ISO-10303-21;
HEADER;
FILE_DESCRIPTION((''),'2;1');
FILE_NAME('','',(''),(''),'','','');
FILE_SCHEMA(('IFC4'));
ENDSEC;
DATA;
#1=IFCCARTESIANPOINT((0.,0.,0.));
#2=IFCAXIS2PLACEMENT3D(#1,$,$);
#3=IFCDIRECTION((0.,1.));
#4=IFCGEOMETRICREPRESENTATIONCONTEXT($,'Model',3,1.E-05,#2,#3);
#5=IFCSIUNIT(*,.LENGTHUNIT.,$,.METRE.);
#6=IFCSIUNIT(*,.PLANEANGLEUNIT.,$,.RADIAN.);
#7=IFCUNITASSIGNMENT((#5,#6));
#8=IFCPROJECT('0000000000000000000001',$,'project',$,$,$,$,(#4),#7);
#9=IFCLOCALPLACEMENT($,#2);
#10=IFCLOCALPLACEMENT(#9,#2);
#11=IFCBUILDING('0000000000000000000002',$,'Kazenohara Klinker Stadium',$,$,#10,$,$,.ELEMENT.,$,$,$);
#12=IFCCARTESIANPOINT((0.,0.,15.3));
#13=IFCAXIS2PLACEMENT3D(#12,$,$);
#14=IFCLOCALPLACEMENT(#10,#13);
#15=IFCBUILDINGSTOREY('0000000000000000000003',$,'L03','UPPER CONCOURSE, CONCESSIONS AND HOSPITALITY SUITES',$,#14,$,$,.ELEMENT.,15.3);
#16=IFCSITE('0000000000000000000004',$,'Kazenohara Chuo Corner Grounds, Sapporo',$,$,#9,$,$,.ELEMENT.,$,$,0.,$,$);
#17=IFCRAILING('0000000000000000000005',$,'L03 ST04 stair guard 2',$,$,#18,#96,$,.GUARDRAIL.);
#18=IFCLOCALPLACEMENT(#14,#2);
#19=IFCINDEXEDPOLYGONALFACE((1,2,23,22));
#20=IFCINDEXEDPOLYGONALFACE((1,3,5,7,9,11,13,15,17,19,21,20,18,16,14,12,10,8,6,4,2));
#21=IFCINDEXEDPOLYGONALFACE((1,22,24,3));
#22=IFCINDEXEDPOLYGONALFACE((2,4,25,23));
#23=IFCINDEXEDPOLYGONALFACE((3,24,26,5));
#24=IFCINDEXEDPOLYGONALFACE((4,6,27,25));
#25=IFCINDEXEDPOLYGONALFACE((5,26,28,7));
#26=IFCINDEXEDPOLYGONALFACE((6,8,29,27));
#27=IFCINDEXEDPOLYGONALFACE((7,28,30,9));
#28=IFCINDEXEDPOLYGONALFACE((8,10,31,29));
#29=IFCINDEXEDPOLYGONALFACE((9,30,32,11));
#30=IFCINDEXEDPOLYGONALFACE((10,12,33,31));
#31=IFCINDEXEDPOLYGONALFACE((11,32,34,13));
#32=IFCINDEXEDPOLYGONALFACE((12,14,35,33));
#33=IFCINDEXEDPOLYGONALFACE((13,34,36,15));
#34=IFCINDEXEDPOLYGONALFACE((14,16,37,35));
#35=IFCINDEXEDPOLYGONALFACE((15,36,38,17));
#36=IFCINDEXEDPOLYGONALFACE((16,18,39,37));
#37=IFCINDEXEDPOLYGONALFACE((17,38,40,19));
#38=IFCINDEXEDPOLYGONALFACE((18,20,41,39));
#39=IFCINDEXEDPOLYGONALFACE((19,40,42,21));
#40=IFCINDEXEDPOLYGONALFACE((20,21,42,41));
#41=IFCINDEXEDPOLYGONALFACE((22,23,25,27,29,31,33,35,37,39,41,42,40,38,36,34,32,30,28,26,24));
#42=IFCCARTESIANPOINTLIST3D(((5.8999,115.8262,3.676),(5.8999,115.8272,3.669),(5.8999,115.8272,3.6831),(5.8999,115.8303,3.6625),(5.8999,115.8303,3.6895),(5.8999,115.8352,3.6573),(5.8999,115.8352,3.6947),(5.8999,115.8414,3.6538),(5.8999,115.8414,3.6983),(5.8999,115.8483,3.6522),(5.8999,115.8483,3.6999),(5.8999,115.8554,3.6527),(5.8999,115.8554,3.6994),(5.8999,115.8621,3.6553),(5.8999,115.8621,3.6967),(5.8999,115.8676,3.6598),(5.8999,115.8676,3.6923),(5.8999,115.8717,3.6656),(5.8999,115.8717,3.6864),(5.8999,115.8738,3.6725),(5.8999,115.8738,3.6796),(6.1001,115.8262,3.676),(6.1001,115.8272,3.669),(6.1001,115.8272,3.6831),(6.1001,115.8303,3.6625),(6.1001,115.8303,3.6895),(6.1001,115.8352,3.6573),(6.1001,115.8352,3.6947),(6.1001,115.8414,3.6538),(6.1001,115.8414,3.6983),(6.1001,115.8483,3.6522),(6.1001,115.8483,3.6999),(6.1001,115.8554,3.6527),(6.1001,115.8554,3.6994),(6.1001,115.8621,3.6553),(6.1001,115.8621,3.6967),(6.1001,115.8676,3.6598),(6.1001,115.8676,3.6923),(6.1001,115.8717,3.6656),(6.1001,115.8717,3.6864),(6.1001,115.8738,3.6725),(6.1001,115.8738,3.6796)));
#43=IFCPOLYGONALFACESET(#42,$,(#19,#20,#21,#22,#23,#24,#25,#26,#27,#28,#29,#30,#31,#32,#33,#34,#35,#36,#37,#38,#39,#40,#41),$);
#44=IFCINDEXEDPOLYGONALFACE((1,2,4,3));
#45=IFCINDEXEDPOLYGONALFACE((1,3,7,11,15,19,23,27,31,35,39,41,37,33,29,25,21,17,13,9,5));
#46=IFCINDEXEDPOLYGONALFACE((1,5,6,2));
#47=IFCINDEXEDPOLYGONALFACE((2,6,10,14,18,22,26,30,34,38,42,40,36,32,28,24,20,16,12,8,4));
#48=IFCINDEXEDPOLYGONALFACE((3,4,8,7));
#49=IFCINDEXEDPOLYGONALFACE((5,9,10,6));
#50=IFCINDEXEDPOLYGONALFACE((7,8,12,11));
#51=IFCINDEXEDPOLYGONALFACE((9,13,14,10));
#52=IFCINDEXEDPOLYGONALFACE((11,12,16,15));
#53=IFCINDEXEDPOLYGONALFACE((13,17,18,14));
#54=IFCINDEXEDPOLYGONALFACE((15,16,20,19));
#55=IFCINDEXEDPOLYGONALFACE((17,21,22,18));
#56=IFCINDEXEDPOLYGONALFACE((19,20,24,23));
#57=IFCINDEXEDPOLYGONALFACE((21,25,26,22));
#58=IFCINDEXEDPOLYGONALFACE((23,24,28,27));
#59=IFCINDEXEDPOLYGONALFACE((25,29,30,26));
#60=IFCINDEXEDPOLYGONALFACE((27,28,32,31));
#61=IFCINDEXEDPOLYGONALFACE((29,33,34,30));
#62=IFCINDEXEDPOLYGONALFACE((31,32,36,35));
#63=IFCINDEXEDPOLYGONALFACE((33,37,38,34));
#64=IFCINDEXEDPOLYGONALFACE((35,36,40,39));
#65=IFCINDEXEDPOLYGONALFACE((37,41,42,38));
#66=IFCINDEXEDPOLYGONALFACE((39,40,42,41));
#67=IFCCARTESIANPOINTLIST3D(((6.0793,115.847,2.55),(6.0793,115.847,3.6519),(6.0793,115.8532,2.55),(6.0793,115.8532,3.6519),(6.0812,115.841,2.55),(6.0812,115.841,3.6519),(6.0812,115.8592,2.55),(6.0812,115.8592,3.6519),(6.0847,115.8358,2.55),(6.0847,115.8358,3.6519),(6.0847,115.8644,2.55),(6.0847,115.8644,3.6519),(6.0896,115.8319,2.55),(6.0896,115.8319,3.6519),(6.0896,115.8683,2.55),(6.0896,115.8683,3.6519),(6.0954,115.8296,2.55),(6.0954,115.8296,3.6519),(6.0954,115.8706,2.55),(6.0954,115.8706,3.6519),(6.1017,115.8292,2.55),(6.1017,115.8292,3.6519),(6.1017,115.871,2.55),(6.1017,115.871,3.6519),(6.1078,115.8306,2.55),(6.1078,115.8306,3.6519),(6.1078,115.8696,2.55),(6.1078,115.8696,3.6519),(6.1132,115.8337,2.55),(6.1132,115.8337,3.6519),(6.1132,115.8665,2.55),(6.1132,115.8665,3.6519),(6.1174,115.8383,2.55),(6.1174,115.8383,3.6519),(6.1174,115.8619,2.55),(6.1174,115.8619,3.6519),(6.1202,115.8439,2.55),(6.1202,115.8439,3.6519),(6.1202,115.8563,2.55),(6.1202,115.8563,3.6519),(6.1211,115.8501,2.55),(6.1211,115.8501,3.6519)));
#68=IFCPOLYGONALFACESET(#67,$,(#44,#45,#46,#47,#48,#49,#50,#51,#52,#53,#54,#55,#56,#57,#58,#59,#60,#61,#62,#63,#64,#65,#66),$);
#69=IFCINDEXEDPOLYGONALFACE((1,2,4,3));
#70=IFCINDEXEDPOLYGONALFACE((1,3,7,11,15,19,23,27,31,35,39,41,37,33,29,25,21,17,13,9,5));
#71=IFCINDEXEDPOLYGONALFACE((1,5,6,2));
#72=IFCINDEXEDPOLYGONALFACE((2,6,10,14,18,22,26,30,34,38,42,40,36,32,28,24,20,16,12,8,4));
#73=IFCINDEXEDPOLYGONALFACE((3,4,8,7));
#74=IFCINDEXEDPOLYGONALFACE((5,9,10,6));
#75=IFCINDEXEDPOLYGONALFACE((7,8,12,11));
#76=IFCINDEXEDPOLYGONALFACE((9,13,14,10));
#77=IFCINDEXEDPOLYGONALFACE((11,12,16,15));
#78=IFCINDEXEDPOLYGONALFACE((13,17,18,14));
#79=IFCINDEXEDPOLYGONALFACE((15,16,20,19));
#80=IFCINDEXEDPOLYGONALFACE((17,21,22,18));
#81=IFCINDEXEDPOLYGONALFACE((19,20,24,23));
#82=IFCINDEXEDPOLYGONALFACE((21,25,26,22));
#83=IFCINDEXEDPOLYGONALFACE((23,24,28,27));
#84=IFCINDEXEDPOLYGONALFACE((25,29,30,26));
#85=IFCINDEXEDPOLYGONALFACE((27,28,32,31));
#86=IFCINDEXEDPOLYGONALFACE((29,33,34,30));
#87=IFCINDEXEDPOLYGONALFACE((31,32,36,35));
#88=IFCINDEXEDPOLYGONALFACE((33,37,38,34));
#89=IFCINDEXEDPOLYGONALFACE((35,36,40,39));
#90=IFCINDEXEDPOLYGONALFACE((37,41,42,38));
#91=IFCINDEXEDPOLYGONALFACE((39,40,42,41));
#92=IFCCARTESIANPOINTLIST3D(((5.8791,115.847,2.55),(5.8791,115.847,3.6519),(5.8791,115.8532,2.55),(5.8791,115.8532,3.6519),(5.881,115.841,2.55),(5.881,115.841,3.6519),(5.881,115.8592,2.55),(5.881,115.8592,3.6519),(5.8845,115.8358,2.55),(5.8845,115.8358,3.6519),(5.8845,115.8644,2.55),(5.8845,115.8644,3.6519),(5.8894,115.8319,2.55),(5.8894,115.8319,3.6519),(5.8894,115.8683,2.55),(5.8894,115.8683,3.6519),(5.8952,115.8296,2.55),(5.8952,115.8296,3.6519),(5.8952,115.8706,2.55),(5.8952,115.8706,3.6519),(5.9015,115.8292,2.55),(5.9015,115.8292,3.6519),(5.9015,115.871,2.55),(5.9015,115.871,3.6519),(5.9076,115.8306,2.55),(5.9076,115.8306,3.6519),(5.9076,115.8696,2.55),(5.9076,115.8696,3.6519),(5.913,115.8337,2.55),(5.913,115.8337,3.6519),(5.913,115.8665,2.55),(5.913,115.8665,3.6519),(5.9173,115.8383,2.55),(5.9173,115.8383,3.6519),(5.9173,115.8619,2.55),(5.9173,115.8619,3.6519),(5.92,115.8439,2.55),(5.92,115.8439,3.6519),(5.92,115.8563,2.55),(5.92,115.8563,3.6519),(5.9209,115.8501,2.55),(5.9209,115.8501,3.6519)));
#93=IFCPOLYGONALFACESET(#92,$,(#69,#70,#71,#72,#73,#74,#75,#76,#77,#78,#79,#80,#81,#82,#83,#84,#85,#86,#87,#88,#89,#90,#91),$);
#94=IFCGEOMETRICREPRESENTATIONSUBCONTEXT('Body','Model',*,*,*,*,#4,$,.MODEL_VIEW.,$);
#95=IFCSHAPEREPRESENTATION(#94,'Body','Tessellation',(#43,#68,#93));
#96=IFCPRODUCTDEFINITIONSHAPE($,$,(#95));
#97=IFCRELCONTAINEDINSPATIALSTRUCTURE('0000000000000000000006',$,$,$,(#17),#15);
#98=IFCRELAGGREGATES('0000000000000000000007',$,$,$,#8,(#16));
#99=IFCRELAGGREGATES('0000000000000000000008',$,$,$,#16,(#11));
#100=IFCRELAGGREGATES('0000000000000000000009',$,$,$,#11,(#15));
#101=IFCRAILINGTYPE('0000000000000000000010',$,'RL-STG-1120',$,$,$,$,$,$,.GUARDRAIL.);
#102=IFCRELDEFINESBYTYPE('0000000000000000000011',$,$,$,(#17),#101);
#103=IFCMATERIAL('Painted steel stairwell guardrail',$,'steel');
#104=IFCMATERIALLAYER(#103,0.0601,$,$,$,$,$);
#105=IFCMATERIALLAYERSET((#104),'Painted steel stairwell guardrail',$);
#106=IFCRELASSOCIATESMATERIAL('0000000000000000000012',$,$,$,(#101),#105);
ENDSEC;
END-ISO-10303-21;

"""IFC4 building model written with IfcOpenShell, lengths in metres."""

from ifc_helpers import new_model, si_unit, direction, frame, origin, origin_2d, place, context, subcontext, project, spatial, circle, extrude, material, layer, layer_set, type_object, element, save


model = new_model("IFC4")

# Units and contexts
model_context = context("Model", 3, precision=1e-05, world=origin(), true_north=direction((0.0, 1.0)))
body_context = subcontext(model_context, "Body", "Model", "MODEL_VIEW")
ifc_project = project(units=[si_unit("LENGTHUNIT", "METRE"), si_unit("PLANEANGLEUNIT", "RADIAN")], contexts=[model_context])

# Site, building, storey
site_placement = place(None, origin())
site = spatial("IfcSite", under=ifc_project, at=site_placement, Name="Kazenohara Chuo Corner Grounds, Sapporo", CompositionType="ELEMENT", RefElevation=0.0)
building_placement = place(site_placement, origin())
building = spatial("IfcBuilding", under=site, at=building_placement, Name="Kazenohara Klinker Stadium", CompositionType="ELEMENT")
storey_placement = place(building_placement, frame((0.0, 0.0, 15.3)))
storey = spatial("IfcBuildingStorey", under=building, at=storey_placement, Name="L03", Description="UPPER CONCOURSE, CONCESSIONS AND HOSPITALITY SUITES", CompositionType="ELEMENT", Elevation=15.3)

# Railing
ifc_material_1 = material(Name="Painted steel stairwell guardrail", Category="steel")
ifc_layer_1 = layer(ifc_material_1, 0.0601)
ifc_layer_set_1 = layer_set([ifc_layer_1], Name="Painted steel stairwell guardrail")
railing_type_1 = type_object("IfcRailingType", Name="RL-STG-1120", PredefinedType="GUARDRAIL", material=ifc_layer_set_1)
railing_1_placement = place(storey_placement, frame((6.1001, 115.8501, 2.55)))
element("IfcRailing", 1, at=railing_1_placement, inside=storey, type_object=railing_type_1, Name="L03 ST04 stair guard 2", PredefinedType="GUARDRAIL", context=body_context, shape_type="SweptSolid", body=[
    extrude(circle(Radius=0.0239, at=origin_2d()), frame((0.0, 0.0, 1.126), z_axis=(-1.0, 0.0, 0.0), x_axis=(0.0, -1.0, 0.0)), (0.0, 0.0, 1.0), 0.2002),
    extrude(circle(Radius=0.021, at=origin_2d()), origin(), (0.0, 0.0, 1.0), 1.1018),
    extrude(circle(Radius=0.021, at=origin_2d()), frame((-0.2002, 0.0, 0.0)), (0.0, 0.0, 1.0), 1.1018),
])

save(model, "model.ifc")
